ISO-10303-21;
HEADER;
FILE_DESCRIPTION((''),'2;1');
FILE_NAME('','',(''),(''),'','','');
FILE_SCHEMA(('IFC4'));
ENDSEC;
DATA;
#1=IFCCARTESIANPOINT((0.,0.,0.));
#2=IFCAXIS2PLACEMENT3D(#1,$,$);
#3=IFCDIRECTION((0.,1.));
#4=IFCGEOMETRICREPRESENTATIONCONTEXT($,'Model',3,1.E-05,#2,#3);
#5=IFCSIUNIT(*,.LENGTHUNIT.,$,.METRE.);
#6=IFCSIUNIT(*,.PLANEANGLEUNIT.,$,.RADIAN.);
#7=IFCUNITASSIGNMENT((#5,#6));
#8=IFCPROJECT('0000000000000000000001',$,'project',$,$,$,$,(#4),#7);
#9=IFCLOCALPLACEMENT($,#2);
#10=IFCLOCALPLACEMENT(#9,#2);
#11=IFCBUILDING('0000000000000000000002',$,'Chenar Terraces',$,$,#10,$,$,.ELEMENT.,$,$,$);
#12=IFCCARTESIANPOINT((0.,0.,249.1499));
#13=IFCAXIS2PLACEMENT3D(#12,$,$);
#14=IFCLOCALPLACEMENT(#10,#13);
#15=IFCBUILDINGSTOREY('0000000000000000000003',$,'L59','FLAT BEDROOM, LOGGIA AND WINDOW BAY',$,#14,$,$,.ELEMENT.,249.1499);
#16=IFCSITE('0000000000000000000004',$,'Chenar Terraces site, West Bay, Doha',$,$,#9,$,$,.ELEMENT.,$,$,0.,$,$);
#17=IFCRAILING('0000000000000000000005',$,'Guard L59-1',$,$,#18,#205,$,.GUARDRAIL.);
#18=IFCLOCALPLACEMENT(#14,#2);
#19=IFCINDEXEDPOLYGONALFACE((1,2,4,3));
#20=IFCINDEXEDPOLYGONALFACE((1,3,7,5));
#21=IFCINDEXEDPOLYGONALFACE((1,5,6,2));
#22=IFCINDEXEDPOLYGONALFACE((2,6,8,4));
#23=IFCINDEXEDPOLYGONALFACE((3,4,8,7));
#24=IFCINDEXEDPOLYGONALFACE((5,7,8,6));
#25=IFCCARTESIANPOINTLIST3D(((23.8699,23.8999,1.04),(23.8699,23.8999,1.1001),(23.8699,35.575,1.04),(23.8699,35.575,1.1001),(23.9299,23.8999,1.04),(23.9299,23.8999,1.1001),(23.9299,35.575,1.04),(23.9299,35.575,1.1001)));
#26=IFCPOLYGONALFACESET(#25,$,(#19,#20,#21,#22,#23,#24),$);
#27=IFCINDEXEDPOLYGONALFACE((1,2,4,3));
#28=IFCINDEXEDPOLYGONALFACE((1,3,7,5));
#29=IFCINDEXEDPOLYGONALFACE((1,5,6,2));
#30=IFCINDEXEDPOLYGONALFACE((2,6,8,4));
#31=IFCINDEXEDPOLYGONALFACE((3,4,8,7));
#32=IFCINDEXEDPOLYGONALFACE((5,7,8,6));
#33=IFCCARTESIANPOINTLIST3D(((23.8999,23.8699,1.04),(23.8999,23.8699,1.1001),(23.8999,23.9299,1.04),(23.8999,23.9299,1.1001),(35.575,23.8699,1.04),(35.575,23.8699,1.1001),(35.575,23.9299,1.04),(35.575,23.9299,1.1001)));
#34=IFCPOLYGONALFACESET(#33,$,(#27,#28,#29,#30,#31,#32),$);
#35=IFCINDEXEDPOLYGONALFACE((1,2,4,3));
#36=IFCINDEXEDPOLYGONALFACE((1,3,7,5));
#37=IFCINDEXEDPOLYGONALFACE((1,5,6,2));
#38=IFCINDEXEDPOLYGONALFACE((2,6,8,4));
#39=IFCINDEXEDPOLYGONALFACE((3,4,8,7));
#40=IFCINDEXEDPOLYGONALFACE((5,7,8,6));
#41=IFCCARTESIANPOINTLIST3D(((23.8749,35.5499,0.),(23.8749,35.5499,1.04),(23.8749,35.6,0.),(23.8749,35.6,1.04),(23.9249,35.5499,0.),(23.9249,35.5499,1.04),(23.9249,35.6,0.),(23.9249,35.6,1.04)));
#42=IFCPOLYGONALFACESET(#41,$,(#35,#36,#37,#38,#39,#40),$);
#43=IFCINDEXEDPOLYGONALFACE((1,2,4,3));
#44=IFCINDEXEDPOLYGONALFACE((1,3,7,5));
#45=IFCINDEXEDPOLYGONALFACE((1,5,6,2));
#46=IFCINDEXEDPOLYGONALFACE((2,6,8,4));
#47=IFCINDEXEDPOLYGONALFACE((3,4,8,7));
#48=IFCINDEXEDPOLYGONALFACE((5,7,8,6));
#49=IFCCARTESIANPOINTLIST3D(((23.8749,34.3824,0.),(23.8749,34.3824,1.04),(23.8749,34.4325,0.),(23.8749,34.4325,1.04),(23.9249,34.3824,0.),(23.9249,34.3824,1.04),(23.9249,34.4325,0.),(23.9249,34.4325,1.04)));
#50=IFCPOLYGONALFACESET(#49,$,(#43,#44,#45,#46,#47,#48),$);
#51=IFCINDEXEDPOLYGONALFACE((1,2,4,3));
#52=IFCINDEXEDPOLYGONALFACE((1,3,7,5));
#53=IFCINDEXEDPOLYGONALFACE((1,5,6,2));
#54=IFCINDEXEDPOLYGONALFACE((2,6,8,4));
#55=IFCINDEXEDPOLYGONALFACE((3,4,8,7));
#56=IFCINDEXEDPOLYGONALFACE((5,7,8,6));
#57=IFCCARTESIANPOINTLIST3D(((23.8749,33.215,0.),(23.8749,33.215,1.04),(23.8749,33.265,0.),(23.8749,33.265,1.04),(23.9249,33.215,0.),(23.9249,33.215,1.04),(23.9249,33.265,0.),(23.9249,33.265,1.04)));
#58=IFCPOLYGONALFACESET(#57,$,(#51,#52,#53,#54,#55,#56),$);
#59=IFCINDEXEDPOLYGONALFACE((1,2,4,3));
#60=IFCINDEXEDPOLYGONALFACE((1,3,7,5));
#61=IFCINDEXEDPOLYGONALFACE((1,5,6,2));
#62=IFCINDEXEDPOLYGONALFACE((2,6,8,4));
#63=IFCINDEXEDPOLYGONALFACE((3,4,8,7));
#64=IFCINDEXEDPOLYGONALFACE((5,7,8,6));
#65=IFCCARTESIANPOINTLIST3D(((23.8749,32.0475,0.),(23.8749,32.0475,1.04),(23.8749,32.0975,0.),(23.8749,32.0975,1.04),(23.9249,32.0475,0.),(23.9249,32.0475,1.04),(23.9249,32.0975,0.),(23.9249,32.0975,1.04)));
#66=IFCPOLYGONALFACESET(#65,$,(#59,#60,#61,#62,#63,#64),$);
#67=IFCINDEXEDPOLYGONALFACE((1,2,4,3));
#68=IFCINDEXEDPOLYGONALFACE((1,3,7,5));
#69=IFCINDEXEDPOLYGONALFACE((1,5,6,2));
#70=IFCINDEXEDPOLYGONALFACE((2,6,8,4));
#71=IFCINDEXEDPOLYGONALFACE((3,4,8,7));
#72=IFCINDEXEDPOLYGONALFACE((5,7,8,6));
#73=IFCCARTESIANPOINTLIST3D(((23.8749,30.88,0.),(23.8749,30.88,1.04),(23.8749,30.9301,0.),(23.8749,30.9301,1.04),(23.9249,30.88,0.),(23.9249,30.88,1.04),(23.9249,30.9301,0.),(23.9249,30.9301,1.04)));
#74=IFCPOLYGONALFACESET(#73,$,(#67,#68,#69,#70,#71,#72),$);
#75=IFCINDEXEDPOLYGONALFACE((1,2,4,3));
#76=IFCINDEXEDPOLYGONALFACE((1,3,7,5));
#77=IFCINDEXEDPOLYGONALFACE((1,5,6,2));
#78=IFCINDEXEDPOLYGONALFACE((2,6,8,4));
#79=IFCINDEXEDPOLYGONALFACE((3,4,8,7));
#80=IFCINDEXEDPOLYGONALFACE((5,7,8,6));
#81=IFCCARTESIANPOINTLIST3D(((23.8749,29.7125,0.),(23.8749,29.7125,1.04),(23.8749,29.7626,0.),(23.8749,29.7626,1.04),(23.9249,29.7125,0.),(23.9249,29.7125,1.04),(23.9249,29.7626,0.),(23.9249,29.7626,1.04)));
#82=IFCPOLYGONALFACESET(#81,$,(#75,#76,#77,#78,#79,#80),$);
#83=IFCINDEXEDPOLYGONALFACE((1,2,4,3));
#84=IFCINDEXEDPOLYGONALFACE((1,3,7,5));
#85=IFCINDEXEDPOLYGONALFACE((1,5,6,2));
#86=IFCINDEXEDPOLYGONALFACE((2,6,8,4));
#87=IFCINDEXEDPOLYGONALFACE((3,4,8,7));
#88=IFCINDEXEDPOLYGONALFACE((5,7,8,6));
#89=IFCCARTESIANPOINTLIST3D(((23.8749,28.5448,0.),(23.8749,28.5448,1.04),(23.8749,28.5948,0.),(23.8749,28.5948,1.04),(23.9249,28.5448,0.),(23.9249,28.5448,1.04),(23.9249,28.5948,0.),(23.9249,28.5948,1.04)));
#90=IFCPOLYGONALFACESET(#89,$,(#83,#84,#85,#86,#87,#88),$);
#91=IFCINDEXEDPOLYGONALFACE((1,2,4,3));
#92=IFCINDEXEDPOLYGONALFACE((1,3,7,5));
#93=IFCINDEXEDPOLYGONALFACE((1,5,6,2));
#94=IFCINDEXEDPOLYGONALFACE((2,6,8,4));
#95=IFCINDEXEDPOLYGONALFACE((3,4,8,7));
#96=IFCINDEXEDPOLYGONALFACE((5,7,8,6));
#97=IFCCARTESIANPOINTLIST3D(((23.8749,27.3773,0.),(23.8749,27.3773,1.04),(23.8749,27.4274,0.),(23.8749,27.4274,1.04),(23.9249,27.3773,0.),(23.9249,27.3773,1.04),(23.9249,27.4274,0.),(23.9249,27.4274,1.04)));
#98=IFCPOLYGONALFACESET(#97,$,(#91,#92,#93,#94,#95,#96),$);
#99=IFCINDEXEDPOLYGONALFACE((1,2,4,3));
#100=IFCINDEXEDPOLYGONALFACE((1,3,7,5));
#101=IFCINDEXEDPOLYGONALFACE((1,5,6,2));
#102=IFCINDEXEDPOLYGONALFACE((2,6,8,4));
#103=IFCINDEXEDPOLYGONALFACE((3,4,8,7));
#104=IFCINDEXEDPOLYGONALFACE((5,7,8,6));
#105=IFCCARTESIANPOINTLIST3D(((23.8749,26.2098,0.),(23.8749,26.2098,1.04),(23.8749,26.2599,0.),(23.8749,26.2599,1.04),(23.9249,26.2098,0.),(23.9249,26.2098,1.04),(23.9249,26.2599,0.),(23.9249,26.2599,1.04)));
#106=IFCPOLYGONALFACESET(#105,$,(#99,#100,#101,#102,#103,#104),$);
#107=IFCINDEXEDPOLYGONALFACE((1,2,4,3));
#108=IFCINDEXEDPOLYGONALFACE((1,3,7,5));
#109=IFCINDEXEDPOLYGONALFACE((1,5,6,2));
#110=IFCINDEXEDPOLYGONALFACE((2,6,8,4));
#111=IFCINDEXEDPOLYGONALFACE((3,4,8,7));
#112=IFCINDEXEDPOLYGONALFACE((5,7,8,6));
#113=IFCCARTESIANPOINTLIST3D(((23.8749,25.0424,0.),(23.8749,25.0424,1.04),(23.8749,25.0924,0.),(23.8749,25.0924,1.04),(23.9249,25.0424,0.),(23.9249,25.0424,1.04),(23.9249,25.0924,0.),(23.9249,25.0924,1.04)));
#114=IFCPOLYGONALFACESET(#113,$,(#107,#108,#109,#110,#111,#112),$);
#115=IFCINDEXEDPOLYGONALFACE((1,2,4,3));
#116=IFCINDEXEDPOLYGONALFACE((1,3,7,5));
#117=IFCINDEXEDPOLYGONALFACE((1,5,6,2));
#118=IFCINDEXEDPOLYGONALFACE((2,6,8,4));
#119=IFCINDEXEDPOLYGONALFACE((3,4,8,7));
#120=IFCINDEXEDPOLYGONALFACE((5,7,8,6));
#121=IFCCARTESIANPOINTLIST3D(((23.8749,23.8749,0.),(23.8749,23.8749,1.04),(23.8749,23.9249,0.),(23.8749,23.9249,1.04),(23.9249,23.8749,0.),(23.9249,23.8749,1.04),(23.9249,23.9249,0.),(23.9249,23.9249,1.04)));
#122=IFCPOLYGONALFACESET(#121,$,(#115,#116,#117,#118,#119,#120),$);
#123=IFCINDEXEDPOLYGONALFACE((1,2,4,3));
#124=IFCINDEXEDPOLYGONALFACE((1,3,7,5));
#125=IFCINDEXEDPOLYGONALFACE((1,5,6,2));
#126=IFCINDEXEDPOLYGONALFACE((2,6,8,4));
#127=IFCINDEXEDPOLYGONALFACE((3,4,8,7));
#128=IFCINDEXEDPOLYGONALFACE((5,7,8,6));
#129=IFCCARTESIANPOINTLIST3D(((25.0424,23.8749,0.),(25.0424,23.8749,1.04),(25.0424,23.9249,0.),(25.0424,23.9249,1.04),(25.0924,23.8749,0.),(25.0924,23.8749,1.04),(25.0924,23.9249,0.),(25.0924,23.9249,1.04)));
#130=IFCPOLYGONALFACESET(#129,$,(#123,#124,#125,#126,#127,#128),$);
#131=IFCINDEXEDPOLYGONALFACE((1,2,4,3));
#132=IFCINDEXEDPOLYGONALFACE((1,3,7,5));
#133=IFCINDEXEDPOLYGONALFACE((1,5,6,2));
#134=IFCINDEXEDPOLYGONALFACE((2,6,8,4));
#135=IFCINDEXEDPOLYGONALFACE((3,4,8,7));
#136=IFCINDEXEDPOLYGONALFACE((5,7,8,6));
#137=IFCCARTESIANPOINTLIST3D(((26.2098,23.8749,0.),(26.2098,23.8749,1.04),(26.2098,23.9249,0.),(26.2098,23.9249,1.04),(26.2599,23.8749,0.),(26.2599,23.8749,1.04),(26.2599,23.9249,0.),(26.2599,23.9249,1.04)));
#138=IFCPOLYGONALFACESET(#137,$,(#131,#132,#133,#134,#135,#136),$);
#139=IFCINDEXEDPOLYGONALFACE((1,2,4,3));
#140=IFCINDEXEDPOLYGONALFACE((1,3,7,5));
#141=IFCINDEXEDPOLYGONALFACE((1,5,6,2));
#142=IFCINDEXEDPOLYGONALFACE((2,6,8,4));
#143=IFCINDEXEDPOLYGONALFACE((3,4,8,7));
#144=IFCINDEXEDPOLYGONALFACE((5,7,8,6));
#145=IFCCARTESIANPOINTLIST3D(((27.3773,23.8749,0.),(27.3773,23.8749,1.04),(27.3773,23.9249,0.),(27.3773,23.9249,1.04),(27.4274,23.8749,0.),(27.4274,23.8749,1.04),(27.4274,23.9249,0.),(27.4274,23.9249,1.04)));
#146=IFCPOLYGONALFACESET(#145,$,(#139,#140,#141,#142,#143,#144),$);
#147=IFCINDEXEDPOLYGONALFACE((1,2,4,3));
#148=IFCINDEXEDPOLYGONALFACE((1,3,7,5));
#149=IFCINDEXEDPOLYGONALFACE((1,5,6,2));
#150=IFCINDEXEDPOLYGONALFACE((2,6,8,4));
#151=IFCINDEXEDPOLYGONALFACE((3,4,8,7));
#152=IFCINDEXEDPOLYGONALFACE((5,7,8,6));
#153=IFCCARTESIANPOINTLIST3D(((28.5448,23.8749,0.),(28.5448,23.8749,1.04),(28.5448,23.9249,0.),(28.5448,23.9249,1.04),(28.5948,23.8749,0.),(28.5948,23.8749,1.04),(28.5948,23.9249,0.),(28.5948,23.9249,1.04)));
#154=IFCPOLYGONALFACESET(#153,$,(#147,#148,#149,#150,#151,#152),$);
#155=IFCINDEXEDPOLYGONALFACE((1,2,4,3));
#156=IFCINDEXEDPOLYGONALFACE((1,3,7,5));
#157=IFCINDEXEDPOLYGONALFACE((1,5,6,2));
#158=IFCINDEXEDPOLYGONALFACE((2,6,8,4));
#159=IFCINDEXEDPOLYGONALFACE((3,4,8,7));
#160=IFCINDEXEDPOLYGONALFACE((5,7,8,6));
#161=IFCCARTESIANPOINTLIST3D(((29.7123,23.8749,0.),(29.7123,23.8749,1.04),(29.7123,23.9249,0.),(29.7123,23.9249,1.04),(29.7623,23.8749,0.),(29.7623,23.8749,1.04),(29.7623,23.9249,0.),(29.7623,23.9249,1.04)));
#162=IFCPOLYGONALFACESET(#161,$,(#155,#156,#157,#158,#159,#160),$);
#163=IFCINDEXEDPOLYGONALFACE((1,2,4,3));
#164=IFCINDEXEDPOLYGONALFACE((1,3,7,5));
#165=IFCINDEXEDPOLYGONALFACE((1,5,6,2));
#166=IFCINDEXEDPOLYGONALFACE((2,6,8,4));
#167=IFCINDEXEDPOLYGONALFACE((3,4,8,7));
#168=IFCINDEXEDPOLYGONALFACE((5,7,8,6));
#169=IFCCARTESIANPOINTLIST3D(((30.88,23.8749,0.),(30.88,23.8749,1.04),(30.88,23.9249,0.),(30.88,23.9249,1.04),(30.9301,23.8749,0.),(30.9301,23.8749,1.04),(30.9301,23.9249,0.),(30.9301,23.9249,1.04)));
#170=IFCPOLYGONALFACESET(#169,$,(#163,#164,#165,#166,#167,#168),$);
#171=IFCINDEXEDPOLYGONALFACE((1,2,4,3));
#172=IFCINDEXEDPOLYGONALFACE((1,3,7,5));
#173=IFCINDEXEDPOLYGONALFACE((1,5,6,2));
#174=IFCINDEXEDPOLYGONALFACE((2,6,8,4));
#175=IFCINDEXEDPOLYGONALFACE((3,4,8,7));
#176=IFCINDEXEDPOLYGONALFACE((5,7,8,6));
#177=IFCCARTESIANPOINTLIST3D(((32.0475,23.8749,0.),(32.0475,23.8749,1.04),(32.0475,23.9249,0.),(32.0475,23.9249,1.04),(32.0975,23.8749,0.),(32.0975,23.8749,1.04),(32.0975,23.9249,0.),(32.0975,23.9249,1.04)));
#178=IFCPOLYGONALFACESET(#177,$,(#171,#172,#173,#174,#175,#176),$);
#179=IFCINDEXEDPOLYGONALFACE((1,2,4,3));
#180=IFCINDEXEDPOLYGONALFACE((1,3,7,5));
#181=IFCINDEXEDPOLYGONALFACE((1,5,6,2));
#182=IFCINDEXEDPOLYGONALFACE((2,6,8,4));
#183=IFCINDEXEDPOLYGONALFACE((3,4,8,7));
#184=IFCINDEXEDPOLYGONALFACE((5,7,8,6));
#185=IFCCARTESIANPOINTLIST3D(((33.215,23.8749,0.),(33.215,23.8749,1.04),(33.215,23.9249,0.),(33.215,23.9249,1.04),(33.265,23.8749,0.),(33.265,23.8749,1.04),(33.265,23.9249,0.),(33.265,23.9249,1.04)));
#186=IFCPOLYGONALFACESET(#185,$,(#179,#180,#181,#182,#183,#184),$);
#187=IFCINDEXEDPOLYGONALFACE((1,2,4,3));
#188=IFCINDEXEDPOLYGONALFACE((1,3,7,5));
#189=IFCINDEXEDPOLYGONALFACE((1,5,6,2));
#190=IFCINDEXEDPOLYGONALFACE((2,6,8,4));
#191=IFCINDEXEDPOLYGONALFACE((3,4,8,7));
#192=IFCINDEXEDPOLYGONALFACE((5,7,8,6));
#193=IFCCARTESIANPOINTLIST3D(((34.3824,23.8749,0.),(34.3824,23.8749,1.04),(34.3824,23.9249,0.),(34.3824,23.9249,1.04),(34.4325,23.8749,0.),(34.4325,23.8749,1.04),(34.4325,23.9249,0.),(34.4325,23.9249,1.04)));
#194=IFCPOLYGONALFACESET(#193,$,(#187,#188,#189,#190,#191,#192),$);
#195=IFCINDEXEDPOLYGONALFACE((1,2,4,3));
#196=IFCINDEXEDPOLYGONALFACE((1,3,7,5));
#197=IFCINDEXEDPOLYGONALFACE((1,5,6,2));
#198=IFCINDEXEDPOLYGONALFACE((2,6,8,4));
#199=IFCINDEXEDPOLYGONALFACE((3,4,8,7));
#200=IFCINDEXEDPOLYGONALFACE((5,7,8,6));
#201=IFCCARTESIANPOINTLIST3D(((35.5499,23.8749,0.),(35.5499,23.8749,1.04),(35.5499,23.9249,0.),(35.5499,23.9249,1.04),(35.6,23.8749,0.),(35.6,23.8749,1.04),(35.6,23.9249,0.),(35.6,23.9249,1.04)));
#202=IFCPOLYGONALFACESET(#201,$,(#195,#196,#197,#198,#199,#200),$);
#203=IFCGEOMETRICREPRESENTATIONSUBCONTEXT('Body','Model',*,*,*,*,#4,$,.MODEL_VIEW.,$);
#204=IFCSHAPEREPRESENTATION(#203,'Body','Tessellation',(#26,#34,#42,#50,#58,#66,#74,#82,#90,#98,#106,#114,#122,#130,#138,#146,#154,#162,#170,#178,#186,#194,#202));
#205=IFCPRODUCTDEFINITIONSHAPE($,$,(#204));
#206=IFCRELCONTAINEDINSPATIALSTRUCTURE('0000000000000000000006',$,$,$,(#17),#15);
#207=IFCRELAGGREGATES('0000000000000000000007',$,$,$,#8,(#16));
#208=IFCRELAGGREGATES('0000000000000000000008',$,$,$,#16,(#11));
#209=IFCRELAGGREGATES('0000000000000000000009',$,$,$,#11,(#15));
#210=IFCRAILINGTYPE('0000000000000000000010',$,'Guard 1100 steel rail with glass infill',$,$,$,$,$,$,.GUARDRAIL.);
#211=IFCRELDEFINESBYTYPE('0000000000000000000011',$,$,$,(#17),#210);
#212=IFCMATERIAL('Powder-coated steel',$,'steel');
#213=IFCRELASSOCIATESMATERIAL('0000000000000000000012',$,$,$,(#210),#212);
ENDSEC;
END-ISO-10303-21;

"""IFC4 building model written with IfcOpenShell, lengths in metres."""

from ifc_helpers import new_model, si_unit, direction, frame, origin, origin_2d, place, context, subcontext, project, spatial, rectangle, extrude, material, type_object, element, save


model = new_model("IFC4")

# Units and contexts
model_context = context("Model", 3, precision=1e-05, world=origin(), true_north=direction((0.0, 1.0)))
body_context = subcontext(model_context, "Body", "Model", "MODEL_VIEW")
ifc_project = project(units=[si_unit("LENGTHUNIT", "METRE"), si_unit("PLANEANGLEUNIT", "RADIAN")], contexts=[model_context])

# Site, building, storey
site_placement = place(None, origin())
site = spatial("IfcSite", under=ifc_project, at=site_placement, Name="Chenar Terraces site, West Bay, Doha", CompositionType="ELEMENT", RefElevation=0.0)
building_placement = place(site_placement, origin())
building = spatial("IfcBuilding", under=site, at=building_placement, Name="Chenar Terraces", CompositionType="ELEMENT")
storey_placement = place(building_placement, frame((0.0, 0.0, 249.1499)))
storey = spatial("IfcBuildingStorey", under=building, at=storey_placement, Name="L59", Description="FLAT BEDROOM, LOGGIA AND WINDOW BAY", CompositionType="ELEMENT", Elevation=249.1499)

# Railing
ifc_material_1 = material(Name="Powder-coated steel", Category="steel")
railing_type = type_object("IfcRailingType", Name="Guard 1100 steel rail with glass infill", PredefinedType="GUARDRAIL", material=ifc_material_1)
railing_placement = place(storey_placement, frame((23.8999, 35.575, 0.0)))
element("IfcRailing", 1, at=railing_placement, inside=storey, type_object=railing_type, Name="Guard L59-1", PredefinedType="GUARDRAIL", context=body_context, shape_type="SweptSolid", body=[
    extrude(rectangle(XDim=0.0601, YDim=0.0601, at=origin_2d()), frame((0.0, 0.0, 1.0701), z_axis=(0.0, -1.0, 0.0), x_axis=(1.0, 0.0, 0.0)), (0.0, 0.0, 1.0), 11.675),
    extrude(rectangle(XDim=0.0601, YDim=0.0601, at=origin_2d()), frame((0.0, -11.675, 1.0701), z_axis=(1.0, 0.0, 0.0), x_axis=(0.0, 1.0, 0.0)), (0.0, 0.0, 1.0), 11.675),
    extrude(rectangle(XDim=0.05, YDim=0.05, at=origin_2d()), origin(), (0.0, 0.0, 1.0), 1.04),
    extrude(rectangle(XDim=0.05, YDim=0.05, at=origin_2d()), frame((0.0, -1.1675, 0.0)), (0.0, 0.0, 1.0), 1.04),
    extrude(rectangle(XDim=0.05, YDim=0.05, at=origin_2d()), frame((0.0, -2.335, 0.0)), (0.0, 0.0, 1.0), 1.04),
    extrude(rectangle(XDim=0.05, YDim=0.05, at=origin_2d()), frame((0.0, -3.5024, 0.0)), (0.0, 0.0, 1.0), 1.04),
    extrude(rectangle(XDim=0.05, YDim=0.05, at=origin_2d()), frame((0.0, -4.6699, 0.0)), (0.0, 0.0, 1.0), 1.04),
    extrude(rectangle(XDim=0.05, YDim=0.05, at=origin_2d()), frame((0.0, -5.8374, 0.0)), (0.0, 0.0, 1.0), 1.04),
    extrude(rectangle(XDim=0.05, YDim=0.05, at=origin_2d()), frame((0.0, -7.0051, 0.0)), (0.0, 0.0, 1.0), 1.04),
    extrude(rectangle(XDim=0.05, YDim=0.05, at=origin_2d()), frame((0.0, -8.1726, 0.0)), (0.0, 0.0, 1.0), 1.04),
    extrude(rectangle(XDim=0.05, YDim=0.05, at=origin_2d()), frame((0.0, -9.3401, 0.0)), (0.0, 0.0, 1.0), 1.04),
    extrude(rectangle(XDim=0.05, YDim=0.05, at=origin_2d()), frame((0.0, -10.5076, 0.0)), (0.0, 0.0, 1.0), 1.04),
    extrude(rectangle(XDim=0.05, YDim=0.05, at=origin_2d()), frame((0.0, -11.675, 0.0)), (0.0, 0.0, 1.0), 1.04),
    extrude(rectangle(XDim=0.05, YDim=0.05, at=origin_2d()), frame((1.1675, -11.675, 0.0)), (0.0, 0.0, 1.0), 1.04),
    extrude(rectangle(XDim=0.05, YDim=0.05, at=origin_2d()), frame((2.335, -11.675, 0.0)), (0.0, 0.0, 1.0), 1.04),
    extrude(rectangle(XDim=0.05, YDim=0.05, at=origin_2d()), frame((3.5024, -11.675, 0.0)), (0.0, 0.0, 1.0), 1.04),
    extrude(rectangle(XDim=0.05, YDim=0.05, at=origin_2d()), frame((4.6699, -11.675, 0.0)), (0.0, 0.0, 1.0), 1.04),
    extrude(rectangle(XDim=0.05, YDim=0.05, at=origin_2d()), frame((5.8374, -11.675, 0.0)), (0.0, 0.0, 1.0), 1.04),
    extrude(rectangle(XDim=0.05, YDim=0.05, at=origin_2d()), frame((7.0051, -11.675, 0.0)), (0.0, 0.0, 1.0), 1.04),
    extrude(rectangle(XDim=0.05, YDim=0.05, at=origin_2d()), frame((8.1726, -11.675, 0.0)), (0.0, 0.0, 1.0), 1.04),
    extrude(rectangle(XDim=0.05, YDim=0.05, at=origin_2d()), frame((9.3401, -11.675, 0.0)), (0.0, 0.0, 1.0), 1.04),
    extrude(rectangle(XDim=0.05, YDim=0.05, at=origin_2d()), frame((10.5076, -11.675, 0.0)), (0.0, 0.0, 1.0), 1.04),
    extrude(rectangle(XDim=0.05, YDim=0.05, at=origin_2d()), frame((11.675, -11.675, 0.0)), (0.0, 0.0, 1.0), 1.04),
])

save(model, "model.ifc")
